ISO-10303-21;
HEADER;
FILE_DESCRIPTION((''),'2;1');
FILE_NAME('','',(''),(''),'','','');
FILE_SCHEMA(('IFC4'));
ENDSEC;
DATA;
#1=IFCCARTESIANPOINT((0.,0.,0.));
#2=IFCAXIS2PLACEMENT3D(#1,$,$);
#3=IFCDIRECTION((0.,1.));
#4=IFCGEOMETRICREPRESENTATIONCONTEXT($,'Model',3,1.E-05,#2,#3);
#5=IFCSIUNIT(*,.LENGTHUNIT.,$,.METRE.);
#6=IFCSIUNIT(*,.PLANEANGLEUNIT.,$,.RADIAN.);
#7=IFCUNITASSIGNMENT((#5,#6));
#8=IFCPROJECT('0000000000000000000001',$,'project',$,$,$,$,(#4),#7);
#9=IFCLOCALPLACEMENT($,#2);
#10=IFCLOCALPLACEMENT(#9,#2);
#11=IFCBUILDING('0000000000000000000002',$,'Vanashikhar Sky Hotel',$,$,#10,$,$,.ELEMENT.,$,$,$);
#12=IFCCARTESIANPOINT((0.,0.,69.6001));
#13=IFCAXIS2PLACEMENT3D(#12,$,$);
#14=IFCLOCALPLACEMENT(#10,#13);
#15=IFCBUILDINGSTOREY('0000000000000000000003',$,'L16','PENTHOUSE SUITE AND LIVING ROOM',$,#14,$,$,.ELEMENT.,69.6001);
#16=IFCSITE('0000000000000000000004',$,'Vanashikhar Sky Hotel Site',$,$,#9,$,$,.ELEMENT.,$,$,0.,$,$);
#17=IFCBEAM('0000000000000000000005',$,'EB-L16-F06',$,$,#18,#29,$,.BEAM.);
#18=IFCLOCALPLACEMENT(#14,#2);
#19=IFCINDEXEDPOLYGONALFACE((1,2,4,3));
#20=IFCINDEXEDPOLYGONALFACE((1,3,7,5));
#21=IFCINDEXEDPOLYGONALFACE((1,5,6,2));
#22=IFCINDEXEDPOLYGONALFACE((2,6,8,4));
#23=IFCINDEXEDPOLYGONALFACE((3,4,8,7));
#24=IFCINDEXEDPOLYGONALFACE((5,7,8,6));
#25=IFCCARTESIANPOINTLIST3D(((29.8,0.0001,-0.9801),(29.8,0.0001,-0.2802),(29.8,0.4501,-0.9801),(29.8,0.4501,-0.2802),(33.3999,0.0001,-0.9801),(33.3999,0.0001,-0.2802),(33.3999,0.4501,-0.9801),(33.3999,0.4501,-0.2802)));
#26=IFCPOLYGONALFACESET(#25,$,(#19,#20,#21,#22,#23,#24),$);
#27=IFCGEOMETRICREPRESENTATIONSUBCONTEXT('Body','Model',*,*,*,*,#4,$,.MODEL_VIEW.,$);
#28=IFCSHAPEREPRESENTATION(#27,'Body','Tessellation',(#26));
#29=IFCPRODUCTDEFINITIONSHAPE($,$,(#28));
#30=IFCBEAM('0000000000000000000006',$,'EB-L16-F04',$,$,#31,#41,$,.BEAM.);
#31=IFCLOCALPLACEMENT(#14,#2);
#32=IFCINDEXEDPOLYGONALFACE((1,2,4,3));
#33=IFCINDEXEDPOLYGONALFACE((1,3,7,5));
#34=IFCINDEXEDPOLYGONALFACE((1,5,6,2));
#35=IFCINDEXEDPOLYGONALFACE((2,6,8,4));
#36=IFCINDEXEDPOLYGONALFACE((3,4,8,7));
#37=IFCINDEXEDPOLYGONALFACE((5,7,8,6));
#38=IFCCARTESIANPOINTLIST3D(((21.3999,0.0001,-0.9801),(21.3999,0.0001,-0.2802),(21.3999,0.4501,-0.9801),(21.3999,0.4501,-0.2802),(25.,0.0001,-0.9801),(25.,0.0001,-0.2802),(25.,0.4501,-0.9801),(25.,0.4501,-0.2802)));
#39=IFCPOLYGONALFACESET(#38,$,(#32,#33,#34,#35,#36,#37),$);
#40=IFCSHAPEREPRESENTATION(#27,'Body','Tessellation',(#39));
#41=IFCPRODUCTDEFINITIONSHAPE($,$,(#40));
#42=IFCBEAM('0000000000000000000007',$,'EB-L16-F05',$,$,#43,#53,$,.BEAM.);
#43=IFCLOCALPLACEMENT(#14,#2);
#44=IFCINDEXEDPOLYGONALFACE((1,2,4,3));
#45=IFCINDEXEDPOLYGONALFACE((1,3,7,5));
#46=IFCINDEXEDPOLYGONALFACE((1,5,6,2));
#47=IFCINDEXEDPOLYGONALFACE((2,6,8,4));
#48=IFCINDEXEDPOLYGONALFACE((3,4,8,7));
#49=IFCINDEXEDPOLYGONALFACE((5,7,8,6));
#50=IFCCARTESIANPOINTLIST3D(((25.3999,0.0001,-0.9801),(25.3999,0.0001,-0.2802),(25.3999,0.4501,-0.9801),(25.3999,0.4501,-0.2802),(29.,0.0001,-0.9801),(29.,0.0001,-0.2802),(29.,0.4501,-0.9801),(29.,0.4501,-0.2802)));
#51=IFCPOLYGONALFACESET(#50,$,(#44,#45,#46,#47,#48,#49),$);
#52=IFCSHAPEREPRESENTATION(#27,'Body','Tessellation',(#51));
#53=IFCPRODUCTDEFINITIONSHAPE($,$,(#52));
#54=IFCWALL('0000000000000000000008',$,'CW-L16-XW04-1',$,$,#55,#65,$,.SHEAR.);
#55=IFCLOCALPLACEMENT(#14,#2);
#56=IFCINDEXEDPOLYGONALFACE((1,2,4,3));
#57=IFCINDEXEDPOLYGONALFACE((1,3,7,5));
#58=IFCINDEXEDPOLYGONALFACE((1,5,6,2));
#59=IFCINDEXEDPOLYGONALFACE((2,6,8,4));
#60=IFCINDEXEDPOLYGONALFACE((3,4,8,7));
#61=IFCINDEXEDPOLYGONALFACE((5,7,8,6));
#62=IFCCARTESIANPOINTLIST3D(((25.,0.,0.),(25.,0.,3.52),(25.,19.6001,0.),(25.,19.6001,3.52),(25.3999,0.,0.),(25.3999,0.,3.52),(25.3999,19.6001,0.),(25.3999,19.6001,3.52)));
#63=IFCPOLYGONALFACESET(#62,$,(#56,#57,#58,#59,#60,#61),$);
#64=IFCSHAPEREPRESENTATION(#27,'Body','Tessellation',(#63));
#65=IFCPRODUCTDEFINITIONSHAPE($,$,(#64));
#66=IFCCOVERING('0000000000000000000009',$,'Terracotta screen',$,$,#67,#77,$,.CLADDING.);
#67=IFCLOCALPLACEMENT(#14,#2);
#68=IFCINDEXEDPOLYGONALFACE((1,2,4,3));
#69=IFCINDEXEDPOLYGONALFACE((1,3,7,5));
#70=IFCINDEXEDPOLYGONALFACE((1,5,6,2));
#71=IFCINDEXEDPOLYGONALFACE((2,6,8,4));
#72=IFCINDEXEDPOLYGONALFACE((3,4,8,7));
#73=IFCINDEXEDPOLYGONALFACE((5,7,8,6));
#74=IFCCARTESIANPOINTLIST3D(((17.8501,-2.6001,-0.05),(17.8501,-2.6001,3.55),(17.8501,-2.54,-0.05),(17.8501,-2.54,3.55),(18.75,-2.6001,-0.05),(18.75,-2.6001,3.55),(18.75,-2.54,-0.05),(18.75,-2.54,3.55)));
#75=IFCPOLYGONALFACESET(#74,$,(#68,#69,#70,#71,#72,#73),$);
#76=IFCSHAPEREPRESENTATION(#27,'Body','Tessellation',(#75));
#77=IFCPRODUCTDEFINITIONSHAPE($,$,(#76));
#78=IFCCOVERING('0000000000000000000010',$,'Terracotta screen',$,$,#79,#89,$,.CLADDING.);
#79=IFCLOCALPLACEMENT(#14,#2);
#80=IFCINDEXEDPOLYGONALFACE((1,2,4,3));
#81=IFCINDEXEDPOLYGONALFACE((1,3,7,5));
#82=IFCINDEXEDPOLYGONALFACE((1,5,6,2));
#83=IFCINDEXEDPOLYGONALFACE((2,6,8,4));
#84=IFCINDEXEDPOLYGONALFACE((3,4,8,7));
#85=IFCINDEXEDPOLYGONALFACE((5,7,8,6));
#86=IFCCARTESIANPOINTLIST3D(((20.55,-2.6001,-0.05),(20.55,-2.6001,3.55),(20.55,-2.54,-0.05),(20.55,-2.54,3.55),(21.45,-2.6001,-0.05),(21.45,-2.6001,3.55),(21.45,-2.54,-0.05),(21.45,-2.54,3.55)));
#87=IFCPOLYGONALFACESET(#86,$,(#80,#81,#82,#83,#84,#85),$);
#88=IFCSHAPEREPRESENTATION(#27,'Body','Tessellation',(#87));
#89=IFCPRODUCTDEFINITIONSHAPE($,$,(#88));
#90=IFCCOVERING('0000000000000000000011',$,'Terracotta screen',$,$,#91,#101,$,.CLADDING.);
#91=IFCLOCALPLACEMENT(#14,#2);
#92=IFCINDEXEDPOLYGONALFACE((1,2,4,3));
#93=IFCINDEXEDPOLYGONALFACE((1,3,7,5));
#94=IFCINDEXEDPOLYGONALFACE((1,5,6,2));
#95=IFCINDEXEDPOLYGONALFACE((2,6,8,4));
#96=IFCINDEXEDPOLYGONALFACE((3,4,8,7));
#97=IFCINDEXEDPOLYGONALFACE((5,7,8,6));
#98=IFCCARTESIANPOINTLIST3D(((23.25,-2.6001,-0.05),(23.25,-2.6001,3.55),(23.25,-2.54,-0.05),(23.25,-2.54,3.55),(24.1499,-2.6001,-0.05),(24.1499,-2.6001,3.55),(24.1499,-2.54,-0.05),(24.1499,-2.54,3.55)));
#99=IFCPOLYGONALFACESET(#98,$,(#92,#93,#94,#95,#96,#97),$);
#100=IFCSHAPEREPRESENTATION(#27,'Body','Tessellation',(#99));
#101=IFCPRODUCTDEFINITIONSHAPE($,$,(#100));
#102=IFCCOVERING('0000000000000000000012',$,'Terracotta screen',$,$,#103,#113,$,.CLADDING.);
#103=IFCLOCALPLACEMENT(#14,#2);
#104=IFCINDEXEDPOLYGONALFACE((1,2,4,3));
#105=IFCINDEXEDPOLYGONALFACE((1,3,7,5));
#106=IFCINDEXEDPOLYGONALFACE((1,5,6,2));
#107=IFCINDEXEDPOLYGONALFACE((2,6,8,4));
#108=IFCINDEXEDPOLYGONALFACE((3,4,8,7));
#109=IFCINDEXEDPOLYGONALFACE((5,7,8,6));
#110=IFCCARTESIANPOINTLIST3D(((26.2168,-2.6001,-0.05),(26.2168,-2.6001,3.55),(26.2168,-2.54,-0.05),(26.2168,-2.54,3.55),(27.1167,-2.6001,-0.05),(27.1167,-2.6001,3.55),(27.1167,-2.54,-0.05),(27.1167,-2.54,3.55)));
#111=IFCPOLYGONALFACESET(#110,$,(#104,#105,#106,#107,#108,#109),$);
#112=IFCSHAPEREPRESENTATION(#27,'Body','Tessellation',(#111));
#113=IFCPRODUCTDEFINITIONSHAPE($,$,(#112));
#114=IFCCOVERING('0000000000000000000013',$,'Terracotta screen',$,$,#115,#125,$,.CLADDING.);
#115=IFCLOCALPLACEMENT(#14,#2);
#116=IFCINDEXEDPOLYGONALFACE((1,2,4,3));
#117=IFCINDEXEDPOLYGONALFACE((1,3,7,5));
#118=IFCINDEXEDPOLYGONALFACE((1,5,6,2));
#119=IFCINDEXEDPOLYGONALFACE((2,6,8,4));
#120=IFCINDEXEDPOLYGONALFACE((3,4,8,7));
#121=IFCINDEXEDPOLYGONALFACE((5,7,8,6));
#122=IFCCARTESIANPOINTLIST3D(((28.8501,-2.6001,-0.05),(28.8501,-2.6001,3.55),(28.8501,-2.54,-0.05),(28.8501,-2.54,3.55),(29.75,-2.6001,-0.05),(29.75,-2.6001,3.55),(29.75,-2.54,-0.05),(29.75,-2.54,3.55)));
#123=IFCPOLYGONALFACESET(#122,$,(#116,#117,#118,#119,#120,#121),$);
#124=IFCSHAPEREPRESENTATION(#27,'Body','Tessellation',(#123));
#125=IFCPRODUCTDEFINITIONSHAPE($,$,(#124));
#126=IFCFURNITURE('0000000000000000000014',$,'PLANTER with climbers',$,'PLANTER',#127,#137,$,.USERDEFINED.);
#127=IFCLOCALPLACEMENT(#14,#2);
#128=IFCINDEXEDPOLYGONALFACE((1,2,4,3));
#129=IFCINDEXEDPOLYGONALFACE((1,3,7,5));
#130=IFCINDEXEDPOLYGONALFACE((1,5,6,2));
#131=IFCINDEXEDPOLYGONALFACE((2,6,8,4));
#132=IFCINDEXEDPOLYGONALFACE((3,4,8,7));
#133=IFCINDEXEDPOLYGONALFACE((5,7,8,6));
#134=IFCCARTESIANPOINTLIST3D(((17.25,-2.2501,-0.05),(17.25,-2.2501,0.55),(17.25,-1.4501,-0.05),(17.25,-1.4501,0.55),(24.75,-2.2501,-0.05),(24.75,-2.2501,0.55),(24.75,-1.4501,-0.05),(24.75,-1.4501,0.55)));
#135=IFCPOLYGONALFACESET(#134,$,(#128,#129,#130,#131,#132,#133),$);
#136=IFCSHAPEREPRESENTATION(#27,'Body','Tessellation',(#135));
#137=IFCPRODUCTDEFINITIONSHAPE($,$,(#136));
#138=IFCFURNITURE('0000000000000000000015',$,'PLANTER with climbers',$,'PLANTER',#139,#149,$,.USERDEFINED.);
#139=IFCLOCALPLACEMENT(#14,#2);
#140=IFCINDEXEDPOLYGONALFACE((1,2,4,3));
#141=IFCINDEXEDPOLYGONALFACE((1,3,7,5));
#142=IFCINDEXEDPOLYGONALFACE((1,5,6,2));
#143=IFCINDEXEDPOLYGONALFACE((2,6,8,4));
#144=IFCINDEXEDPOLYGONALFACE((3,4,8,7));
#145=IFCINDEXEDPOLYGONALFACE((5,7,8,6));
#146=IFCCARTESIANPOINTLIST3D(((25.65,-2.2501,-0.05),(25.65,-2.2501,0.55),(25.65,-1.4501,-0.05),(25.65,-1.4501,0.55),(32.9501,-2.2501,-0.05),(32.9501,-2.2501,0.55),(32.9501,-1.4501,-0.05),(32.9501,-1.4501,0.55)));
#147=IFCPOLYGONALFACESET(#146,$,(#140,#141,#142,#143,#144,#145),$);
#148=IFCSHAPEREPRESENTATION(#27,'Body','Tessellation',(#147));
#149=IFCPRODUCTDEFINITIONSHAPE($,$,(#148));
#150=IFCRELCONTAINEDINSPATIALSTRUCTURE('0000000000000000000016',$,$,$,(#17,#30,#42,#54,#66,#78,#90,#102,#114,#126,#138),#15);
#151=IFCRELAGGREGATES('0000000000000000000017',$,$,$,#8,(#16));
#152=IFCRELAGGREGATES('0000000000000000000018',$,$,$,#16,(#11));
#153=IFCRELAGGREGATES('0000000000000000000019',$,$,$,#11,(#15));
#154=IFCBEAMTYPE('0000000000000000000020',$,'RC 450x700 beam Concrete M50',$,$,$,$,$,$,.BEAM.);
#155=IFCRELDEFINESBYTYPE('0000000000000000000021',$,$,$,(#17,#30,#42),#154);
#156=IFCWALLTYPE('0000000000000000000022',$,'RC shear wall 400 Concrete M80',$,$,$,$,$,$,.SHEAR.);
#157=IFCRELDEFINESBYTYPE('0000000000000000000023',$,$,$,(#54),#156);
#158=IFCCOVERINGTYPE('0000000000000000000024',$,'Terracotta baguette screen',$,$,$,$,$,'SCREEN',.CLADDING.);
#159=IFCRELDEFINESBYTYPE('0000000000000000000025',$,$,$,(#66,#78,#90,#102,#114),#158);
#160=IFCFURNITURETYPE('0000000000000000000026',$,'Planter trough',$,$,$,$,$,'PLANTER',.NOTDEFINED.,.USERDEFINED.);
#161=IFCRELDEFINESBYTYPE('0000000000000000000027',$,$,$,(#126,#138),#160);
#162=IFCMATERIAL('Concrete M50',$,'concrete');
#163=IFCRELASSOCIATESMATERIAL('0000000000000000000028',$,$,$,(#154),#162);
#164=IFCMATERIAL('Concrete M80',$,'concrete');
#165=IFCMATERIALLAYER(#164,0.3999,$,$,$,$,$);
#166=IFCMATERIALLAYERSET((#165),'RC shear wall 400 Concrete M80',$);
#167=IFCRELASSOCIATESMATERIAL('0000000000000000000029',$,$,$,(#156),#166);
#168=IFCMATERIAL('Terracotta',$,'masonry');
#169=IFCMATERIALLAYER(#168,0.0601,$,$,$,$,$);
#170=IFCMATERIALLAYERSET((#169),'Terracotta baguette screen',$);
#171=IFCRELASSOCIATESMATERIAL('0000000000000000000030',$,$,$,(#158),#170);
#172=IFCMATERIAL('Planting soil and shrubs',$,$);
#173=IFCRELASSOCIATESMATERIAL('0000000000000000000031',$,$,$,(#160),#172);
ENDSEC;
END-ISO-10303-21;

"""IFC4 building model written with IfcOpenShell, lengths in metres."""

from ifc_helpers import new_model, si_unit, direction, frame, frame_2d, origin, origin_2d, place, context, subcontext, project, spatial, rectangle, extrude, source, transform, mapped, material, layer, layer_set, material_profile, profile_set, type_object, element, save


model = new_model("IFC4")

# Units and contexts
model_context = context("Model", 3, precision=1e-05, world=origin(), true_north=direction((0.0, 1.0)))
body_context = subcontext(model_context, "Body", "Model", "MODEL_VIEW")
ifc_project = project(units=[si_unit("LENGTHUNIT", "METRE"), si_unit("PLANEANGLEUNIT", "RADIAN")], contexts=[model_context])

# Site, building, storey
site_placement = place(None, origin())
site = spatial("IfcSite", under=ifc_project, at=site_placement, Name="Vanashikhar Sky Hotel Site", CompositionType="ELEMENT", RefElevation=0.0)
building_placement = place(site_placement, origin())
building = spatial("IfcBuilding", under=site, at=building_placement, Name="Vanashikhar Sky Hotel", CompositionType="ELEMENT")
storey_placement = place(building_placement, frame((0.0, 0.0, 69.6001)))
storey = spatial("IfcBuildingStorey", under=building, at=storey_placement, Name="L16", Description="PENTHOUSE SUITE AND LIVING ROOM", CompositionType="ELEMENT", Elevation=69.6001)

# Beams
ifc_material_1 = material(Name="Concrete M50", Category="concrete")
ifc_material_profile = material_profile(ifc_material_1, rectangle(XDim=0.45, YDim=0.7, at=origin_2d()))
ifc_profile_set = profile_set([ifc_material_profile], Name="RC 450x700 beam Concrete M50")
beam_type = type_object("IfcBeamType", Name="RC 450x700 beam Concrete M50", PredefinedType="BEAM", material=ifc_profile_set)
shared_shape_1 = source(origin(), body_context, "Body", "SweptSolid", [
    extrude(rectangle(XDim=0.45, YDim=0.7, at=origin_2d()), origin(), (0.0, 0.0, 1.0), 3.5999),
])
beam_placement = place(storey_placement, frame((29.8, 0.2251, -0.6301), z_axis=(1.0, 0.0, 0.0), x_axis=(0.0, 1.0, 0.0)))
element("IfcBeam", 1, at=beam_placement, inside=storey, type_object=beam_type, Name="EB-L16-F06", PredefinedType="BEAM", context=body_context, shape_type="MappedRepresentation", body=[
    mapped(shared_shape_1, transform((0.0, 0.0, 0.0), scale=1.0)),
])
shared_shape_2 = source(origin(), body_context, "Body", "SweptSolid", [
    extrude(rectangle(XDim=0.45, YDim=0.7, at=origin_2d()), origin(), (0.0, 0.0, 1.0), 3.6001),
])
for number, where, z_axis, x_axis, name in (
    (2, (21.3999, 0.2251, -0.6301), (1.0, 0.0, 0.0), (0.0, 1.0, 0.0), "EB-L16-F04"),
    (3, (25.3999, 0.2251, -0.6301), (1.0, 0.0, 0.0), (0.0, 1.0, 0.0), "EB-L16-F05"),
):
    element("IfcBeam", number, at=place(storey_placement, frame(where, z_axis=z_axis, x_axis=x_axis)), inside=storey, type_object=beam_type, Name=name, PredefinedType="BEAM", context=body_context, shape_type="MappedRepresentation", body=[
        mapped(shared_shape_2, transform((0.0, 0.0, 0.0), scale=1.0)),
    ])

# Wall
ifc_material_2 = material(Name="Concrete M80", Category="concrete")
ifc_layer_1 = layer(ifc_material_2, 0.3999)
ifc_layer_set_1 = layer_set([ifc_layer_1], Name="RC shear wall 400 Concrete M80")
wall_type_1 = type_object("IfcWallType", Name="RC shear wall 400 Concrete M80", PredefinedType="SHEAR", material=ifc_layer_set_1)
shared_shape_3 = source(origin(), body_context, "Body", "SweptSolid", [
    extrude(rectangle(XDim=19.6001, YDim=0.3999, at=frame_2d((9.8, 0.0))), origin(), (0.0, 0.0, 1.0), 3.52),
])
wall_1_placement = place(storey_placement, frame((25.2, 0.0, 0.0), z_axis=(0.0, 0.0, 1.0), x_axis=(0.0, 1.0, 0.0)))
element("IfcWall", 4, at=wall_1_placement, inside=storey, type_object=wall_type_1, Name="CW-L16-XW04-1", PredefinedType="SHEAR", context=body_context, shape_type="MappedRepresentation", body=[
    mapped(shared_shape_3, transform((0.0, 0.0, 0.0), scale=1.0)),
])

# Coverings
ifc_material_3 = material(Name="Terracotta", Category="masonry")
ifc_layer_2 = layer(ifc_material_3, 0.0601)
ifc_layer_set_2 = layer_set([ifc_layer_2], Name="Terracotta baguette screen")
covering_type = type_object("IfcCoveringType", Name="Terracotta baguette screen", ElementType="SCREEN", PredefinedType="CLADDING", material=ifc_layer_set_2)
shared_shape_4 = source(origin(), body_context, "Body", "SweptSolid", [
    extrude(rectangle(XDim=0.8999, YDim=0.0601, at=origin_2d()), origin(), (0.0, 0.0, 1.0), 3.6001),
])
for number, where, z_axis, x_axis, name in (
    (5, (18.3, -2.5701, -0.05), (0.0, 0.0, 1.0), (1.0, 0.0, 0.0), "Terracotta screen"),
    (6, (21.0, -2.5701, -0.05), (0.0, 0.0, 1.0), (1.0, 0.0, 0.0), "Terracotta screen"),
    (7, (23.7, -2.5701, -0.05), (0.0, 0.0, 1.0), (1.0, 0.0, 0.0), "Terracotta screen"),
    (8, (26.6667, -2.5701, -0.05), (0.0, 0.0, 1.0), (1.0, 0.0, 0.0), "Terracotta screen"),
    (9, (29.3, -2.5701, -0.05), (0.0, 0.0, 1.0), (1.0, 0.0, 0.0), "Terracotta screen"),
):
    element("IfcCovering", number, at=place(storey_placement, frame(where, z_axis=z_axis, x_axis=x_axis)), inside=storey, type_object=covering_type, Name=name, PredefinedType="CLADDING", context=body_context, shape_type="MappedRepresentation", body=[
        mapped(shared_shape_4, transform((0.0, 0.0, 0.0), scale=1.0)),
    ])

# Furniture
ifc_material_4 = material(Name="Planting soil and shrubs")
furniture_type = type_object("IfcFurnitureType", Name="Planter trough", ElementType="PLANTER", AssemblyPlace="NOTDEFINED", PredefinedType="USERDEFINED", material=ifc_material_4)
shared_shape_5 = source(origin(), body_context, "Body", "SweptSolid", [
    extrude(rectangle(XDim=7.5, YDim=0.8, at=origin_2d()), origin(), (0.0, 0.0, 1.0), 0.6001),
])
furniture_1_placement = place(storey_placement, frame((21.0, -1.8501, -0.05), z_axis=(0.0, 0.0, 1.0), x_axis=(1.0, 0.0, 0.0)))
element("IfcFurniture", 10, at=furniture_1_placement, inside=storey, type_object=furniture_type, Name="PLANTER with climbers", ObjectType="PLANTER", PredefinedType="USERDEFINED", context=body_context, shape_type="MappedRepresentation", body=[
    mapped(shared_shape_5, transform((0.0, 0.0, 0.0), scale=1.0)),
])
shared_shape_6 = source(origin(), body_context, "Body", "SweptSolid", [
    extrude(rectangle(XDim=7.3, YDim=0.8, at=origin_2d()), origin(), (0.0, 0.0, 1.0), 0.6001),
])
furniture_2_placement = place(storey_placement, frame((29.3, -1.8501, -0.05), z_axis=(0.0, 0.0, 1.0), x_axis=(1.0, 0.0, 0.0)))
element("IfcFurniture", 11, at=furniture_2_placement, inside=storey, type_object=furniture_type, Name="PLANTER with climbers", ObjectType="PLANTER", PredefinedType="USERDEFINED", context=body_context, shape_type="MappedRepresentation", body=[
    mapped(shared_shape_6, transform((0.0, 0.0, 0.0), scale=1.0)),
])

save(model, "model.ifc")
